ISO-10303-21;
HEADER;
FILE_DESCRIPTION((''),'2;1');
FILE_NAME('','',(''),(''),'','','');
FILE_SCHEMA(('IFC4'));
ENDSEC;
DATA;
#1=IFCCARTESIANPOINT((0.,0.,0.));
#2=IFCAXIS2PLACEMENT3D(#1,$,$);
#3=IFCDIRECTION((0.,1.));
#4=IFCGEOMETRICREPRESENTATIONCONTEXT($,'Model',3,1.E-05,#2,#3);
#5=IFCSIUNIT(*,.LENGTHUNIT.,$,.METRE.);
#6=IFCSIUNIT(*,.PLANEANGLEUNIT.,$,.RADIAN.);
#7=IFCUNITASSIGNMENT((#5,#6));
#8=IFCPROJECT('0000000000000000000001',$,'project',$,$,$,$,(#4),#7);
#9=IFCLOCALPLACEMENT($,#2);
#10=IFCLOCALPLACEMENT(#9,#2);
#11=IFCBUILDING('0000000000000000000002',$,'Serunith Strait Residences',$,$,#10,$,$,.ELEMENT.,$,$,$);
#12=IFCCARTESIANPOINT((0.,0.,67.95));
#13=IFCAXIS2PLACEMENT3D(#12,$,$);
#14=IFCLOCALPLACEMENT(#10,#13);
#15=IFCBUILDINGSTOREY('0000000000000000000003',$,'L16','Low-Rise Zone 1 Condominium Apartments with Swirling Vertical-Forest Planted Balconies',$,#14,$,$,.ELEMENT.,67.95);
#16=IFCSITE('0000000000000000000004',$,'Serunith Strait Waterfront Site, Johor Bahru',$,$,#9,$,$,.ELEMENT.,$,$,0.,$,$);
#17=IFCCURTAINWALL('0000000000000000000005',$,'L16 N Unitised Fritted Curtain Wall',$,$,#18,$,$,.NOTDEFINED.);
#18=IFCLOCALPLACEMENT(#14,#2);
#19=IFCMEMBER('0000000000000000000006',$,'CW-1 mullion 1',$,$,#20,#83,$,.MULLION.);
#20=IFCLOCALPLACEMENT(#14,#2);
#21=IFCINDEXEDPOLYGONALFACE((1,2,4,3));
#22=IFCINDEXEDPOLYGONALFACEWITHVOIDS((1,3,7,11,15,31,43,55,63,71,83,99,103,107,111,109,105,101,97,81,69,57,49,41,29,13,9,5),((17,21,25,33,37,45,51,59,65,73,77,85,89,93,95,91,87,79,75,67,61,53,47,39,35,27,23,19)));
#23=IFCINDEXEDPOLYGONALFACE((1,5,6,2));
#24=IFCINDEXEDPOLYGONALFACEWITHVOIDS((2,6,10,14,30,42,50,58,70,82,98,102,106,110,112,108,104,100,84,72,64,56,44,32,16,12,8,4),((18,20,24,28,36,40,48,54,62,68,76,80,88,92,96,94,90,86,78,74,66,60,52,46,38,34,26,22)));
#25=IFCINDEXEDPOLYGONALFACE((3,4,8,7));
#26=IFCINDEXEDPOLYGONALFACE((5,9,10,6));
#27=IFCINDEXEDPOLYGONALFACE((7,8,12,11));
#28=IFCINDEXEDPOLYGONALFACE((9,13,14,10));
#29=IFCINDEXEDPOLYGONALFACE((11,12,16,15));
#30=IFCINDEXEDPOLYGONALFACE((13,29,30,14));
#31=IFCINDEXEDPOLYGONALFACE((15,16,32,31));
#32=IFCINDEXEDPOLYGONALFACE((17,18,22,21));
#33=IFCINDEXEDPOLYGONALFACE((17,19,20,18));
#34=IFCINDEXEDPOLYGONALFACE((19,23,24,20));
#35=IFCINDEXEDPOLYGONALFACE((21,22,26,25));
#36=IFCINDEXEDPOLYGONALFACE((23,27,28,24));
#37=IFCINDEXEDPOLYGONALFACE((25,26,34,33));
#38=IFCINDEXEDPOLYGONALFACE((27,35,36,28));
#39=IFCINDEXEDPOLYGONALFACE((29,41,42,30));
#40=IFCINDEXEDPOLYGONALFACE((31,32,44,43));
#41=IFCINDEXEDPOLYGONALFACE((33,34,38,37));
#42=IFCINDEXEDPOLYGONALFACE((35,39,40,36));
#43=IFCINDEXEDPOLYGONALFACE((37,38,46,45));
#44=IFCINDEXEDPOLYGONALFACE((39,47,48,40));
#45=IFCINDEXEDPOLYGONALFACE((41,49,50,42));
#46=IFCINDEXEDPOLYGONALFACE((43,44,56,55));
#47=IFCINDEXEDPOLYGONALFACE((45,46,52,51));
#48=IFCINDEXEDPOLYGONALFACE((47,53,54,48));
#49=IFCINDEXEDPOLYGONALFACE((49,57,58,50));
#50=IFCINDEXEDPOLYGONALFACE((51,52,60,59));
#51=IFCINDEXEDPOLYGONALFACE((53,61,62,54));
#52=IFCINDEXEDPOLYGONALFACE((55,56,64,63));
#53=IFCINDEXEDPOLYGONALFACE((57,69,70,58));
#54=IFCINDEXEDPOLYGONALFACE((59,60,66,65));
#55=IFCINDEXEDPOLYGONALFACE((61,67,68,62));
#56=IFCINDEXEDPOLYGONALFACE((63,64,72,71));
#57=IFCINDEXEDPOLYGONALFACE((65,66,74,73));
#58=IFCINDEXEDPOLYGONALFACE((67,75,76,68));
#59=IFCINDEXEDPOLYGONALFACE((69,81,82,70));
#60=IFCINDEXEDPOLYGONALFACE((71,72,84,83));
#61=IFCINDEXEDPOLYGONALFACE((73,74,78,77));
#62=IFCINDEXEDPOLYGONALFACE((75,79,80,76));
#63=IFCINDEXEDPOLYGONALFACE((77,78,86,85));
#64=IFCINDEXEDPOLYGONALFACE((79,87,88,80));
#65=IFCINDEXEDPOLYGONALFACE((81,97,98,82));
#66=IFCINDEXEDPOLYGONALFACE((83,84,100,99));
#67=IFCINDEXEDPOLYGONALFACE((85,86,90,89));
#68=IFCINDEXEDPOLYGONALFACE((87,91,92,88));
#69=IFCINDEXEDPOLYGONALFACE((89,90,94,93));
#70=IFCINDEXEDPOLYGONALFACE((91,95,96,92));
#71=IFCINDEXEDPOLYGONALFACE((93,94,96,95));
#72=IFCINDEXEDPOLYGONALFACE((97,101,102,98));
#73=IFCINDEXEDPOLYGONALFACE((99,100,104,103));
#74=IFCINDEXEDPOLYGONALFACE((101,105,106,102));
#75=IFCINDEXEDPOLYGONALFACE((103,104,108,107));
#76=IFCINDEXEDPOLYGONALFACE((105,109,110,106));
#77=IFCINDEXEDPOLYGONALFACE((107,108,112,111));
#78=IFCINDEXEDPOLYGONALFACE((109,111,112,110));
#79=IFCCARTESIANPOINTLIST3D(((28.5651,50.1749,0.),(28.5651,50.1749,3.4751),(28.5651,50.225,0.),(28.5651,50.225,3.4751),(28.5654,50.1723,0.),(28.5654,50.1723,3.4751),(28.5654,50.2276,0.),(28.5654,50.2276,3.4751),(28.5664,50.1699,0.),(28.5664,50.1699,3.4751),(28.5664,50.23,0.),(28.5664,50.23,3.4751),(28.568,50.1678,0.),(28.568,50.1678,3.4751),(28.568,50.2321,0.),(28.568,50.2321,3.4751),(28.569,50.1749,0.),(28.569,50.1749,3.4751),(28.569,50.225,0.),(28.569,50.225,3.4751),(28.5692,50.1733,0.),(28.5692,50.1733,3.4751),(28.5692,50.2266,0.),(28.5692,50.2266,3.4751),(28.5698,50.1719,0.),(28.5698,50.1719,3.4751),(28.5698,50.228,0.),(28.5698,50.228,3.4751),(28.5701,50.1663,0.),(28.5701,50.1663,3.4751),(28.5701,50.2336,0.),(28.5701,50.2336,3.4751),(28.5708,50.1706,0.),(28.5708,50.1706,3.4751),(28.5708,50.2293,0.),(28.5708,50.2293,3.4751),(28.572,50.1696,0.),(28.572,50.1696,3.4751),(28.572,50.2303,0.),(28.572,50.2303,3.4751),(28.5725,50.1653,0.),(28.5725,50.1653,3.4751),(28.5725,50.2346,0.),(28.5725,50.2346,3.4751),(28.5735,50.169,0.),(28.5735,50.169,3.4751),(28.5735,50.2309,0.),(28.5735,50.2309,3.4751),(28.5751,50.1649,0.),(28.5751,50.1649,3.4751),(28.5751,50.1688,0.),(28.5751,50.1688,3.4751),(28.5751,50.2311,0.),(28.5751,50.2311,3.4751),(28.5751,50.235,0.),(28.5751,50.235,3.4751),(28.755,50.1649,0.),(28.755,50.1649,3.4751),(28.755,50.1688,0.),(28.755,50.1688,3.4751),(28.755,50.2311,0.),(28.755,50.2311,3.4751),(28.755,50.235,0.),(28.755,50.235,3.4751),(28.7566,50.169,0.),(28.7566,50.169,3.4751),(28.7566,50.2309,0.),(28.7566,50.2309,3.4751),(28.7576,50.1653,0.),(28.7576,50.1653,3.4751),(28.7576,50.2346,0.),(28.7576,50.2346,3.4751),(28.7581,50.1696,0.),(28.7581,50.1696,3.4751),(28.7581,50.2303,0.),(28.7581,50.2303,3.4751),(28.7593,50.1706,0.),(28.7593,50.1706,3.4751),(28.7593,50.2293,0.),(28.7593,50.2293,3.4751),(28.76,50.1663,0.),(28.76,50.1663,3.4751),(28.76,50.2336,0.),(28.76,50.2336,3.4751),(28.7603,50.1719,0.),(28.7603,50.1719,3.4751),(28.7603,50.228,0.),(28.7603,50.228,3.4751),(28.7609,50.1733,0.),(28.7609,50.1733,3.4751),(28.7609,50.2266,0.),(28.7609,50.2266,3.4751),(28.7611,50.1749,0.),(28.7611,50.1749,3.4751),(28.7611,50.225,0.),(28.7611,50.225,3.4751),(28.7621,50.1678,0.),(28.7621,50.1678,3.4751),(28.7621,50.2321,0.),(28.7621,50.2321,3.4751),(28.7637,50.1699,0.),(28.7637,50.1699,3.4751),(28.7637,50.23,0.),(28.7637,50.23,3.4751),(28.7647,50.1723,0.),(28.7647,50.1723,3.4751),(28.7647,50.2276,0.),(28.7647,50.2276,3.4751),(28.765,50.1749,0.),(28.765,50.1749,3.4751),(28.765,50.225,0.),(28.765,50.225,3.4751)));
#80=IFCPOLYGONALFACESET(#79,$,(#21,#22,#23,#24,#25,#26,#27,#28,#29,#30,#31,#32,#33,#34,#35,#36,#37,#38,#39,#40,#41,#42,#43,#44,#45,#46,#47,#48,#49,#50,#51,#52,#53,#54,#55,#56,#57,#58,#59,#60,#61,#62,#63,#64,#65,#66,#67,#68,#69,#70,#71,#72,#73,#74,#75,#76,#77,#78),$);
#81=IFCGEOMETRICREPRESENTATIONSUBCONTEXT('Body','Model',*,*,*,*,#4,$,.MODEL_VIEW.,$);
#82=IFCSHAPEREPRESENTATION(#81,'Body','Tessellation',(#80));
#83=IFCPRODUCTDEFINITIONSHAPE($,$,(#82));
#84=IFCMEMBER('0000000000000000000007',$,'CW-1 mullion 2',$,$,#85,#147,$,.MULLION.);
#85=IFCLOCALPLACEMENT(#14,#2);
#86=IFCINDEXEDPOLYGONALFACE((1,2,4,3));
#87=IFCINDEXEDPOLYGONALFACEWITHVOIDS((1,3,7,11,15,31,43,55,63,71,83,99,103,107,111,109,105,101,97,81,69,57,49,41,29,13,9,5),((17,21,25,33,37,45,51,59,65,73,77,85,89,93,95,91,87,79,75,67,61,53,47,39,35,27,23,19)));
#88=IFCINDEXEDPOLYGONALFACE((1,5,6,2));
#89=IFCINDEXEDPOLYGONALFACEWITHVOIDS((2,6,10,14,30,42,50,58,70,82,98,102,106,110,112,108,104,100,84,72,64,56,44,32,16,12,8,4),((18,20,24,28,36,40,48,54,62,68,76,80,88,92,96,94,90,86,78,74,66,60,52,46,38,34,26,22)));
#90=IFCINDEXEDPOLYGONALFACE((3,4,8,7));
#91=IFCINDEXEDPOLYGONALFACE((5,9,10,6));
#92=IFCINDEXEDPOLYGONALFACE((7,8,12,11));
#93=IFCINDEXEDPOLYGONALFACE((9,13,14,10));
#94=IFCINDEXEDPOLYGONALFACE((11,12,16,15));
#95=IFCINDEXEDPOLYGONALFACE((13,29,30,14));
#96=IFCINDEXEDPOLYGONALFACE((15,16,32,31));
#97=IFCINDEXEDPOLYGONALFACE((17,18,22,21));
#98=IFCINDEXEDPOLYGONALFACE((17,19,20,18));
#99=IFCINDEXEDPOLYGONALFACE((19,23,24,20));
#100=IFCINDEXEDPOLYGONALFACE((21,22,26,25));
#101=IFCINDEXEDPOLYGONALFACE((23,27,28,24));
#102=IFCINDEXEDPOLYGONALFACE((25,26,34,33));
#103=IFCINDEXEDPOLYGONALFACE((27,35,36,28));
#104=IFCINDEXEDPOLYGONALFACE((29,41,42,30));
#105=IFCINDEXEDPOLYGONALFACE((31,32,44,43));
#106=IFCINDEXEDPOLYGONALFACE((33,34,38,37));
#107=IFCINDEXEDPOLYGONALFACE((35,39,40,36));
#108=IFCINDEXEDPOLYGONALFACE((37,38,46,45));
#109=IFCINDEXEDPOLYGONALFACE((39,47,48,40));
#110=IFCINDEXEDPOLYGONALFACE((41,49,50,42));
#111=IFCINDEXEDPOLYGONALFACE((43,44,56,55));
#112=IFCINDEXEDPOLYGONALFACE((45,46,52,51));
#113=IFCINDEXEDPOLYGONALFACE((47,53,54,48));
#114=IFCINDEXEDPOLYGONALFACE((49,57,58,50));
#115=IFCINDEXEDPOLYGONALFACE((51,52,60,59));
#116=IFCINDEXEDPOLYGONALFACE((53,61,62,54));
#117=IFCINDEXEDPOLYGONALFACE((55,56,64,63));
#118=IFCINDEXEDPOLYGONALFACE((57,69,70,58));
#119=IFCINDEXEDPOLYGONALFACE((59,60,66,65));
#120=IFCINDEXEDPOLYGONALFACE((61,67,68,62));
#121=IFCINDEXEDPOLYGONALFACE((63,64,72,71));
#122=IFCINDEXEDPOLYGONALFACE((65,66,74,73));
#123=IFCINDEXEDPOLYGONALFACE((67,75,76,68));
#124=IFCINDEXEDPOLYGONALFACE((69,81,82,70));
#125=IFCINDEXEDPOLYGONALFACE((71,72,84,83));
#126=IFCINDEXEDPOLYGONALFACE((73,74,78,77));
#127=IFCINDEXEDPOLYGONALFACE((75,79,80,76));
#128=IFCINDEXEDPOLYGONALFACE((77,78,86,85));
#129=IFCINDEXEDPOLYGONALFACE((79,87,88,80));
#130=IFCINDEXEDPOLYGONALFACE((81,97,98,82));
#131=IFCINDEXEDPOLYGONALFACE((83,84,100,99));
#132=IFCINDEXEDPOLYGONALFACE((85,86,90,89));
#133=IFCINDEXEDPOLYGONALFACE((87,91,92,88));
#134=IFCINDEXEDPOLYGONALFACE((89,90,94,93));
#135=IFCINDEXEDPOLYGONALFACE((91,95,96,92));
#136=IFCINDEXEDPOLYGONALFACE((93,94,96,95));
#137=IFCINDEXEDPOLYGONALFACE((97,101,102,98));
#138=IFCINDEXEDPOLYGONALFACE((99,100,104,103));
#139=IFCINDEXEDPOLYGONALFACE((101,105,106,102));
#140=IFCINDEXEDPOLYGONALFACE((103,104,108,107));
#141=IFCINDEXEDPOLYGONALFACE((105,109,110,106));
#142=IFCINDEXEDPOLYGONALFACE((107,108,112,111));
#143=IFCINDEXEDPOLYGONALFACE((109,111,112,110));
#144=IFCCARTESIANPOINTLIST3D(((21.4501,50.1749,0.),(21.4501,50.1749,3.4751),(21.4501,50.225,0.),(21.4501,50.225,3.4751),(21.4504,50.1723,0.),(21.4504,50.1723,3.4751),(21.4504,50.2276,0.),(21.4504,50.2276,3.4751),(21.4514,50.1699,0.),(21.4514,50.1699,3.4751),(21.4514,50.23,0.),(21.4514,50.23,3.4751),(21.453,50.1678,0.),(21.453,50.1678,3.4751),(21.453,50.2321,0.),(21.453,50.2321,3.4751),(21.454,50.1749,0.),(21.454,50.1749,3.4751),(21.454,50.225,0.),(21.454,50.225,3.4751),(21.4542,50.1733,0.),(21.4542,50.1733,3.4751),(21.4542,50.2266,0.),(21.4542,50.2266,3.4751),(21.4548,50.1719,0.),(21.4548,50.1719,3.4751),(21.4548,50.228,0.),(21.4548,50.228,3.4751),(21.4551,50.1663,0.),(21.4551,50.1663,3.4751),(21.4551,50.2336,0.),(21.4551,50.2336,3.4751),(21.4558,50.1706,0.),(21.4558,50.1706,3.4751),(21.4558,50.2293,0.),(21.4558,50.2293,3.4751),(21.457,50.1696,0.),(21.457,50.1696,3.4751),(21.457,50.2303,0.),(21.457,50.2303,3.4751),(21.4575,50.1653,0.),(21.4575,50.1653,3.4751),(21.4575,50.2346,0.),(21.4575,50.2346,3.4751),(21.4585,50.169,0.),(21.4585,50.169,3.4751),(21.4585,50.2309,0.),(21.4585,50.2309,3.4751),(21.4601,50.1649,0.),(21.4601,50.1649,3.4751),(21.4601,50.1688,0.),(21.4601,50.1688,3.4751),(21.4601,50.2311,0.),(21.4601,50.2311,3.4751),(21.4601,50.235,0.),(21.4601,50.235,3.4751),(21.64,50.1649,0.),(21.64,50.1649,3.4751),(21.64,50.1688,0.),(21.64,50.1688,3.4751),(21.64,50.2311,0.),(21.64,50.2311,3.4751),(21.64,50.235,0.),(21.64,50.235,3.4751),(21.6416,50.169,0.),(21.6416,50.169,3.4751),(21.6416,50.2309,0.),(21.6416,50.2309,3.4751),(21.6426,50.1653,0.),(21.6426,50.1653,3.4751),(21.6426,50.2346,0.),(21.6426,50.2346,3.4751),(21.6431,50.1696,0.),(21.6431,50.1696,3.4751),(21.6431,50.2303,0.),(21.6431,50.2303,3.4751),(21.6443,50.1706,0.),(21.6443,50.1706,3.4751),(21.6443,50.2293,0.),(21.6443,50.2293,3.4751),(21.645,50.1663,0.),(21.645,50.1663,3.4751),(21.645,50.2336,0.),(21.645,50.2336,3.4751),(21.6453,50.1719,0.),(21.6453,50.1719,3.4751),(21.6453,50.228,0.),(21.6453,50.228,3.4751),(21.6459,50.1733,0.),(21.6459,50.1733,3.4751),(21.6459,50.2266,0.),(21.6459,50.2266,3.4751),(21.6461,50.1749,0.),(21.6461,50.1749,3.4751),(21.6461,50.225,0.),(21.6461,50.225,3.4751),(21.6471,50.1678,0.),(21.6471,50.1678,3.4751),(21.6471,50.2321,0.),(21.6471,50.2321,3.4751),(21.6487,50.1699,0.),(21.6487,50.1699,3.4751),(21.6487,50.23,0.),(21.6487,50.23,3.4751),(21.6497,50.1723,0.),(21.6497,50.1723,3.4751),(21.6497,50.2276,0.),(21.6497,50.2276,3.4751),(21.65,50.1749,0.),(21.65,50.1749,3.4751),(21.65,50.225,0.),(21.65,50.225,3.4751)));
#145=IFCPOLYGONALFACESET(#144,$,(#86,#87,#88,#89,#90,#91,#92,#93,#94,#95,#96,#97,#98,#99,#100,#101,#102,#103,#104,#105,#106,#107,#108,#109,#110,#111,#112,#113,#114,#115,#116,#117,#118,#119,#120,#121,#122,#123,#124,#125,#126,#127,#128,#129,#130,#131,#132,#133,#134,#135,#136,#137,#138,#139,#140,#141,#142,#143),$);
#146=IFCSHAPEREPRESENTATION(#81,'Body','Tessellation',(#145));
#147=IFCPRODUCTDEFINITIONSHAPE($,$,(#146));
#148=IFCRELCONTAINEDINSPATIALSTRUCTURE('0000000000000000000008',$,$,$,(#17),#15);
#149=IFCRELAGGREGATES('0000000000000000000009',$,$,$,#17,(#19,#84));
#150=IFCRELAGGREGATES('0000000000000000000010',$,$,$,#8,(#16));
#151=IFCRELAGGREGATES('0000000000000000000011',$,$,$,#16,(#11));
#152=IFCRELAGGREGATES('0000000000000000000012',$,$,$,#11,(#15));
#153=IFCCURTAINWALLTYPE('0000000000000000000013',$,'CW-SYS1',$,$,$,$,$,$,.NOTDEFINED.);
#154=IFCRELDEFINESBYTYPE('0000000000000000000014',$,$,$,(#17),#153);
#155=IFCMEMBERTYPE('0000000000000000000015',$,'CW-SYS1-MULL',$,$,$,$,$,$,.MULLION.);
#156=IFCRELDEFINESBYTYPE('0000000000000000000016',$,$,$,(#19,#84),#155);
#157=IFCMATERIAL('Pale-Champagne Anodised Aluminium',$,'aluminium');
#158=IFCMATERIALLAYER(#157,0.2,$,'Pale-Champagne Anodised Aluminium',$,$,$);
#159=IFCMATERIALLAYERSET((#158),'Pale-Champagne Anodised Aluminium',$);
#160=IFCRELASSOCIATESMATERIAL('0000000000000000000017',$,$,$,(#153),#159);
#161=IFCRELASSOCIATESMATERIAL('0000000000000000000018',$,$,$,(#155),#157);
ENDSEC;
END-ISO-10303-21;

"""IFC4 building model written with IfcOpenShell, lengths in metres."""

from ifc_helpers import new_model, si_unit, direction, frame, origin, origin_2d, place, context, subcontext, project, spatial, hollow_rectangle, extrude, source, transform, mapped, material, layer, layer_set, material_profile, profile_set, type_object, element, aggregate, save


model = new_model("IFC4")

# Units and contexts
model_context = context("Model", 3, precision=1e-05, world=origin(), true_north=direction((0.0, 1.0)))
body_context = subcontext(model_context, "Body", "Model", "MODEL_VIEW")
ifc_project = project(units=[si_unit("LENGTHUNIT", "METRE"), si_unit("PLANEANGLEUNIT", "RADIAN")], contexts=[model_context])

# Site, building, storey
site_placement = place(None, origin())
site = spatial("IfcSite", under=ifc_project, at=site_placement, Name="Serunith Strait Waterfront Site, Johor Bahru", CompositionType="ELEMENT", RefElevation=0.0)
building_placement = place(site_placement, origin())
building = spatial("IfcBuilding", under=site, at=building_placement, Name="Serunith Strait Residences", CompositionType="ELEMENT")
storey_placement = place(building_placement, frame((0.0, 0.0, 67.95)))
storey = spatial("IfcBuildingStorey", under=building, at=storey_placement, Name="L16", Description="Low-Rise Zone 1 Condominium Apartments with Swirling Vertical-Forest Planted Balconies", CompositionType="ELEMENT", Elevation=67.95)

# Curtain wall, members
ifc_material_1 = material(Name="Pale-Champagne Anodised Aluminium", Category="aluminium")
ifc_layer_1 = layer(ifc_material_1, 0.2, Name="Pale-Champagne Anodised Aluminium")
ifc_layer_set_1 = layer_set([ifc_layer_1], Name="Pale-Champagne Anodised Aluminium")
curtain_wall_type = type_object("IfcCurtainWallType", Name="CW-SYS1", PredefinedType="NOTDEFINED", material=ifc_layer_set_1)
curtain_wall_placement = place(storey_placement, origin())
curtain_wall = element("IfcCurtainWall", 1, at=curtain_wall_placement, inside=storey, type_object=curtain_wall_type, Name="L16 N Unitised Fritted Curtain Wall", PredefinedType="NOTDEFINED")
ifc_material_profile_1 = material_profile(ifc_material_1, hollow_rectangle(XDim=0.0701, YDim=0.2, WallThickness=0.0039, InnerFilletRadius=0.0061, OuterFilletRadius=0.01, at=origin_2d()), Name="ALU 200x70x4")
ifc_profile_set_1 = profile_set([ifc_material_profile_1], Name="Pale-Champagne Anodised Aluminium")
member_type_1 = type_object("IfcMemberType", Name="CW-SYS1-MULL", PredefinedType="MULLION", material=ifc_profile_set_1)
shared_shape_1 = source(origin(), body_context, "Body", "SweptSolid", [
    extrude(hollow_rectangle(XDim=0.0701, YDim=0.2, WallThickness=0.0039, InnerFilletRadius=0.0061, OuterFilletRadius=0.01, at=origin_2d()), origin(), (0.0, 0.0, 1.0), 3.4751),
])
member_1_placement = place(storey_placement, frame((28.665, 50.2, 0.0), z_axis=(0.0, 0.0, 1.0), x_axis=(0.0, -1.0, 0.0)))
member_1 = element("IfcMember", 2, at=member_1_placement, type_object=member_type_1, Name="CW-1 mullion 1", PredefinedType="MULLION", context=body_context, shape_type="MappedRepresentation", body=[
    mapped(shared_shape_1, transform((0.0, 0.0, 0.0), scale=1.0)),
])
member_2_placement = place(storey_placement, frame((21.55, 50.2, 0.0), z_axis=(0.0, 0.0, 1.0), x_axis=(0.0, -1.0, 0.0)))
member_2 = element("IfcMember", 3, at=member_2_placement, type_object=member_type_1, Name="CW-1 mullion 2", PredefinedType="MULLION", context=body_context, shape_type="MappedRepresentation", body=[
    mapped(shared_shape_1, transform((0.0, 0.0, 0.0), scale=1.0)),
])
aggregate(curtain_wall, [member_1, member_2])

save(model, "model.ifc")
